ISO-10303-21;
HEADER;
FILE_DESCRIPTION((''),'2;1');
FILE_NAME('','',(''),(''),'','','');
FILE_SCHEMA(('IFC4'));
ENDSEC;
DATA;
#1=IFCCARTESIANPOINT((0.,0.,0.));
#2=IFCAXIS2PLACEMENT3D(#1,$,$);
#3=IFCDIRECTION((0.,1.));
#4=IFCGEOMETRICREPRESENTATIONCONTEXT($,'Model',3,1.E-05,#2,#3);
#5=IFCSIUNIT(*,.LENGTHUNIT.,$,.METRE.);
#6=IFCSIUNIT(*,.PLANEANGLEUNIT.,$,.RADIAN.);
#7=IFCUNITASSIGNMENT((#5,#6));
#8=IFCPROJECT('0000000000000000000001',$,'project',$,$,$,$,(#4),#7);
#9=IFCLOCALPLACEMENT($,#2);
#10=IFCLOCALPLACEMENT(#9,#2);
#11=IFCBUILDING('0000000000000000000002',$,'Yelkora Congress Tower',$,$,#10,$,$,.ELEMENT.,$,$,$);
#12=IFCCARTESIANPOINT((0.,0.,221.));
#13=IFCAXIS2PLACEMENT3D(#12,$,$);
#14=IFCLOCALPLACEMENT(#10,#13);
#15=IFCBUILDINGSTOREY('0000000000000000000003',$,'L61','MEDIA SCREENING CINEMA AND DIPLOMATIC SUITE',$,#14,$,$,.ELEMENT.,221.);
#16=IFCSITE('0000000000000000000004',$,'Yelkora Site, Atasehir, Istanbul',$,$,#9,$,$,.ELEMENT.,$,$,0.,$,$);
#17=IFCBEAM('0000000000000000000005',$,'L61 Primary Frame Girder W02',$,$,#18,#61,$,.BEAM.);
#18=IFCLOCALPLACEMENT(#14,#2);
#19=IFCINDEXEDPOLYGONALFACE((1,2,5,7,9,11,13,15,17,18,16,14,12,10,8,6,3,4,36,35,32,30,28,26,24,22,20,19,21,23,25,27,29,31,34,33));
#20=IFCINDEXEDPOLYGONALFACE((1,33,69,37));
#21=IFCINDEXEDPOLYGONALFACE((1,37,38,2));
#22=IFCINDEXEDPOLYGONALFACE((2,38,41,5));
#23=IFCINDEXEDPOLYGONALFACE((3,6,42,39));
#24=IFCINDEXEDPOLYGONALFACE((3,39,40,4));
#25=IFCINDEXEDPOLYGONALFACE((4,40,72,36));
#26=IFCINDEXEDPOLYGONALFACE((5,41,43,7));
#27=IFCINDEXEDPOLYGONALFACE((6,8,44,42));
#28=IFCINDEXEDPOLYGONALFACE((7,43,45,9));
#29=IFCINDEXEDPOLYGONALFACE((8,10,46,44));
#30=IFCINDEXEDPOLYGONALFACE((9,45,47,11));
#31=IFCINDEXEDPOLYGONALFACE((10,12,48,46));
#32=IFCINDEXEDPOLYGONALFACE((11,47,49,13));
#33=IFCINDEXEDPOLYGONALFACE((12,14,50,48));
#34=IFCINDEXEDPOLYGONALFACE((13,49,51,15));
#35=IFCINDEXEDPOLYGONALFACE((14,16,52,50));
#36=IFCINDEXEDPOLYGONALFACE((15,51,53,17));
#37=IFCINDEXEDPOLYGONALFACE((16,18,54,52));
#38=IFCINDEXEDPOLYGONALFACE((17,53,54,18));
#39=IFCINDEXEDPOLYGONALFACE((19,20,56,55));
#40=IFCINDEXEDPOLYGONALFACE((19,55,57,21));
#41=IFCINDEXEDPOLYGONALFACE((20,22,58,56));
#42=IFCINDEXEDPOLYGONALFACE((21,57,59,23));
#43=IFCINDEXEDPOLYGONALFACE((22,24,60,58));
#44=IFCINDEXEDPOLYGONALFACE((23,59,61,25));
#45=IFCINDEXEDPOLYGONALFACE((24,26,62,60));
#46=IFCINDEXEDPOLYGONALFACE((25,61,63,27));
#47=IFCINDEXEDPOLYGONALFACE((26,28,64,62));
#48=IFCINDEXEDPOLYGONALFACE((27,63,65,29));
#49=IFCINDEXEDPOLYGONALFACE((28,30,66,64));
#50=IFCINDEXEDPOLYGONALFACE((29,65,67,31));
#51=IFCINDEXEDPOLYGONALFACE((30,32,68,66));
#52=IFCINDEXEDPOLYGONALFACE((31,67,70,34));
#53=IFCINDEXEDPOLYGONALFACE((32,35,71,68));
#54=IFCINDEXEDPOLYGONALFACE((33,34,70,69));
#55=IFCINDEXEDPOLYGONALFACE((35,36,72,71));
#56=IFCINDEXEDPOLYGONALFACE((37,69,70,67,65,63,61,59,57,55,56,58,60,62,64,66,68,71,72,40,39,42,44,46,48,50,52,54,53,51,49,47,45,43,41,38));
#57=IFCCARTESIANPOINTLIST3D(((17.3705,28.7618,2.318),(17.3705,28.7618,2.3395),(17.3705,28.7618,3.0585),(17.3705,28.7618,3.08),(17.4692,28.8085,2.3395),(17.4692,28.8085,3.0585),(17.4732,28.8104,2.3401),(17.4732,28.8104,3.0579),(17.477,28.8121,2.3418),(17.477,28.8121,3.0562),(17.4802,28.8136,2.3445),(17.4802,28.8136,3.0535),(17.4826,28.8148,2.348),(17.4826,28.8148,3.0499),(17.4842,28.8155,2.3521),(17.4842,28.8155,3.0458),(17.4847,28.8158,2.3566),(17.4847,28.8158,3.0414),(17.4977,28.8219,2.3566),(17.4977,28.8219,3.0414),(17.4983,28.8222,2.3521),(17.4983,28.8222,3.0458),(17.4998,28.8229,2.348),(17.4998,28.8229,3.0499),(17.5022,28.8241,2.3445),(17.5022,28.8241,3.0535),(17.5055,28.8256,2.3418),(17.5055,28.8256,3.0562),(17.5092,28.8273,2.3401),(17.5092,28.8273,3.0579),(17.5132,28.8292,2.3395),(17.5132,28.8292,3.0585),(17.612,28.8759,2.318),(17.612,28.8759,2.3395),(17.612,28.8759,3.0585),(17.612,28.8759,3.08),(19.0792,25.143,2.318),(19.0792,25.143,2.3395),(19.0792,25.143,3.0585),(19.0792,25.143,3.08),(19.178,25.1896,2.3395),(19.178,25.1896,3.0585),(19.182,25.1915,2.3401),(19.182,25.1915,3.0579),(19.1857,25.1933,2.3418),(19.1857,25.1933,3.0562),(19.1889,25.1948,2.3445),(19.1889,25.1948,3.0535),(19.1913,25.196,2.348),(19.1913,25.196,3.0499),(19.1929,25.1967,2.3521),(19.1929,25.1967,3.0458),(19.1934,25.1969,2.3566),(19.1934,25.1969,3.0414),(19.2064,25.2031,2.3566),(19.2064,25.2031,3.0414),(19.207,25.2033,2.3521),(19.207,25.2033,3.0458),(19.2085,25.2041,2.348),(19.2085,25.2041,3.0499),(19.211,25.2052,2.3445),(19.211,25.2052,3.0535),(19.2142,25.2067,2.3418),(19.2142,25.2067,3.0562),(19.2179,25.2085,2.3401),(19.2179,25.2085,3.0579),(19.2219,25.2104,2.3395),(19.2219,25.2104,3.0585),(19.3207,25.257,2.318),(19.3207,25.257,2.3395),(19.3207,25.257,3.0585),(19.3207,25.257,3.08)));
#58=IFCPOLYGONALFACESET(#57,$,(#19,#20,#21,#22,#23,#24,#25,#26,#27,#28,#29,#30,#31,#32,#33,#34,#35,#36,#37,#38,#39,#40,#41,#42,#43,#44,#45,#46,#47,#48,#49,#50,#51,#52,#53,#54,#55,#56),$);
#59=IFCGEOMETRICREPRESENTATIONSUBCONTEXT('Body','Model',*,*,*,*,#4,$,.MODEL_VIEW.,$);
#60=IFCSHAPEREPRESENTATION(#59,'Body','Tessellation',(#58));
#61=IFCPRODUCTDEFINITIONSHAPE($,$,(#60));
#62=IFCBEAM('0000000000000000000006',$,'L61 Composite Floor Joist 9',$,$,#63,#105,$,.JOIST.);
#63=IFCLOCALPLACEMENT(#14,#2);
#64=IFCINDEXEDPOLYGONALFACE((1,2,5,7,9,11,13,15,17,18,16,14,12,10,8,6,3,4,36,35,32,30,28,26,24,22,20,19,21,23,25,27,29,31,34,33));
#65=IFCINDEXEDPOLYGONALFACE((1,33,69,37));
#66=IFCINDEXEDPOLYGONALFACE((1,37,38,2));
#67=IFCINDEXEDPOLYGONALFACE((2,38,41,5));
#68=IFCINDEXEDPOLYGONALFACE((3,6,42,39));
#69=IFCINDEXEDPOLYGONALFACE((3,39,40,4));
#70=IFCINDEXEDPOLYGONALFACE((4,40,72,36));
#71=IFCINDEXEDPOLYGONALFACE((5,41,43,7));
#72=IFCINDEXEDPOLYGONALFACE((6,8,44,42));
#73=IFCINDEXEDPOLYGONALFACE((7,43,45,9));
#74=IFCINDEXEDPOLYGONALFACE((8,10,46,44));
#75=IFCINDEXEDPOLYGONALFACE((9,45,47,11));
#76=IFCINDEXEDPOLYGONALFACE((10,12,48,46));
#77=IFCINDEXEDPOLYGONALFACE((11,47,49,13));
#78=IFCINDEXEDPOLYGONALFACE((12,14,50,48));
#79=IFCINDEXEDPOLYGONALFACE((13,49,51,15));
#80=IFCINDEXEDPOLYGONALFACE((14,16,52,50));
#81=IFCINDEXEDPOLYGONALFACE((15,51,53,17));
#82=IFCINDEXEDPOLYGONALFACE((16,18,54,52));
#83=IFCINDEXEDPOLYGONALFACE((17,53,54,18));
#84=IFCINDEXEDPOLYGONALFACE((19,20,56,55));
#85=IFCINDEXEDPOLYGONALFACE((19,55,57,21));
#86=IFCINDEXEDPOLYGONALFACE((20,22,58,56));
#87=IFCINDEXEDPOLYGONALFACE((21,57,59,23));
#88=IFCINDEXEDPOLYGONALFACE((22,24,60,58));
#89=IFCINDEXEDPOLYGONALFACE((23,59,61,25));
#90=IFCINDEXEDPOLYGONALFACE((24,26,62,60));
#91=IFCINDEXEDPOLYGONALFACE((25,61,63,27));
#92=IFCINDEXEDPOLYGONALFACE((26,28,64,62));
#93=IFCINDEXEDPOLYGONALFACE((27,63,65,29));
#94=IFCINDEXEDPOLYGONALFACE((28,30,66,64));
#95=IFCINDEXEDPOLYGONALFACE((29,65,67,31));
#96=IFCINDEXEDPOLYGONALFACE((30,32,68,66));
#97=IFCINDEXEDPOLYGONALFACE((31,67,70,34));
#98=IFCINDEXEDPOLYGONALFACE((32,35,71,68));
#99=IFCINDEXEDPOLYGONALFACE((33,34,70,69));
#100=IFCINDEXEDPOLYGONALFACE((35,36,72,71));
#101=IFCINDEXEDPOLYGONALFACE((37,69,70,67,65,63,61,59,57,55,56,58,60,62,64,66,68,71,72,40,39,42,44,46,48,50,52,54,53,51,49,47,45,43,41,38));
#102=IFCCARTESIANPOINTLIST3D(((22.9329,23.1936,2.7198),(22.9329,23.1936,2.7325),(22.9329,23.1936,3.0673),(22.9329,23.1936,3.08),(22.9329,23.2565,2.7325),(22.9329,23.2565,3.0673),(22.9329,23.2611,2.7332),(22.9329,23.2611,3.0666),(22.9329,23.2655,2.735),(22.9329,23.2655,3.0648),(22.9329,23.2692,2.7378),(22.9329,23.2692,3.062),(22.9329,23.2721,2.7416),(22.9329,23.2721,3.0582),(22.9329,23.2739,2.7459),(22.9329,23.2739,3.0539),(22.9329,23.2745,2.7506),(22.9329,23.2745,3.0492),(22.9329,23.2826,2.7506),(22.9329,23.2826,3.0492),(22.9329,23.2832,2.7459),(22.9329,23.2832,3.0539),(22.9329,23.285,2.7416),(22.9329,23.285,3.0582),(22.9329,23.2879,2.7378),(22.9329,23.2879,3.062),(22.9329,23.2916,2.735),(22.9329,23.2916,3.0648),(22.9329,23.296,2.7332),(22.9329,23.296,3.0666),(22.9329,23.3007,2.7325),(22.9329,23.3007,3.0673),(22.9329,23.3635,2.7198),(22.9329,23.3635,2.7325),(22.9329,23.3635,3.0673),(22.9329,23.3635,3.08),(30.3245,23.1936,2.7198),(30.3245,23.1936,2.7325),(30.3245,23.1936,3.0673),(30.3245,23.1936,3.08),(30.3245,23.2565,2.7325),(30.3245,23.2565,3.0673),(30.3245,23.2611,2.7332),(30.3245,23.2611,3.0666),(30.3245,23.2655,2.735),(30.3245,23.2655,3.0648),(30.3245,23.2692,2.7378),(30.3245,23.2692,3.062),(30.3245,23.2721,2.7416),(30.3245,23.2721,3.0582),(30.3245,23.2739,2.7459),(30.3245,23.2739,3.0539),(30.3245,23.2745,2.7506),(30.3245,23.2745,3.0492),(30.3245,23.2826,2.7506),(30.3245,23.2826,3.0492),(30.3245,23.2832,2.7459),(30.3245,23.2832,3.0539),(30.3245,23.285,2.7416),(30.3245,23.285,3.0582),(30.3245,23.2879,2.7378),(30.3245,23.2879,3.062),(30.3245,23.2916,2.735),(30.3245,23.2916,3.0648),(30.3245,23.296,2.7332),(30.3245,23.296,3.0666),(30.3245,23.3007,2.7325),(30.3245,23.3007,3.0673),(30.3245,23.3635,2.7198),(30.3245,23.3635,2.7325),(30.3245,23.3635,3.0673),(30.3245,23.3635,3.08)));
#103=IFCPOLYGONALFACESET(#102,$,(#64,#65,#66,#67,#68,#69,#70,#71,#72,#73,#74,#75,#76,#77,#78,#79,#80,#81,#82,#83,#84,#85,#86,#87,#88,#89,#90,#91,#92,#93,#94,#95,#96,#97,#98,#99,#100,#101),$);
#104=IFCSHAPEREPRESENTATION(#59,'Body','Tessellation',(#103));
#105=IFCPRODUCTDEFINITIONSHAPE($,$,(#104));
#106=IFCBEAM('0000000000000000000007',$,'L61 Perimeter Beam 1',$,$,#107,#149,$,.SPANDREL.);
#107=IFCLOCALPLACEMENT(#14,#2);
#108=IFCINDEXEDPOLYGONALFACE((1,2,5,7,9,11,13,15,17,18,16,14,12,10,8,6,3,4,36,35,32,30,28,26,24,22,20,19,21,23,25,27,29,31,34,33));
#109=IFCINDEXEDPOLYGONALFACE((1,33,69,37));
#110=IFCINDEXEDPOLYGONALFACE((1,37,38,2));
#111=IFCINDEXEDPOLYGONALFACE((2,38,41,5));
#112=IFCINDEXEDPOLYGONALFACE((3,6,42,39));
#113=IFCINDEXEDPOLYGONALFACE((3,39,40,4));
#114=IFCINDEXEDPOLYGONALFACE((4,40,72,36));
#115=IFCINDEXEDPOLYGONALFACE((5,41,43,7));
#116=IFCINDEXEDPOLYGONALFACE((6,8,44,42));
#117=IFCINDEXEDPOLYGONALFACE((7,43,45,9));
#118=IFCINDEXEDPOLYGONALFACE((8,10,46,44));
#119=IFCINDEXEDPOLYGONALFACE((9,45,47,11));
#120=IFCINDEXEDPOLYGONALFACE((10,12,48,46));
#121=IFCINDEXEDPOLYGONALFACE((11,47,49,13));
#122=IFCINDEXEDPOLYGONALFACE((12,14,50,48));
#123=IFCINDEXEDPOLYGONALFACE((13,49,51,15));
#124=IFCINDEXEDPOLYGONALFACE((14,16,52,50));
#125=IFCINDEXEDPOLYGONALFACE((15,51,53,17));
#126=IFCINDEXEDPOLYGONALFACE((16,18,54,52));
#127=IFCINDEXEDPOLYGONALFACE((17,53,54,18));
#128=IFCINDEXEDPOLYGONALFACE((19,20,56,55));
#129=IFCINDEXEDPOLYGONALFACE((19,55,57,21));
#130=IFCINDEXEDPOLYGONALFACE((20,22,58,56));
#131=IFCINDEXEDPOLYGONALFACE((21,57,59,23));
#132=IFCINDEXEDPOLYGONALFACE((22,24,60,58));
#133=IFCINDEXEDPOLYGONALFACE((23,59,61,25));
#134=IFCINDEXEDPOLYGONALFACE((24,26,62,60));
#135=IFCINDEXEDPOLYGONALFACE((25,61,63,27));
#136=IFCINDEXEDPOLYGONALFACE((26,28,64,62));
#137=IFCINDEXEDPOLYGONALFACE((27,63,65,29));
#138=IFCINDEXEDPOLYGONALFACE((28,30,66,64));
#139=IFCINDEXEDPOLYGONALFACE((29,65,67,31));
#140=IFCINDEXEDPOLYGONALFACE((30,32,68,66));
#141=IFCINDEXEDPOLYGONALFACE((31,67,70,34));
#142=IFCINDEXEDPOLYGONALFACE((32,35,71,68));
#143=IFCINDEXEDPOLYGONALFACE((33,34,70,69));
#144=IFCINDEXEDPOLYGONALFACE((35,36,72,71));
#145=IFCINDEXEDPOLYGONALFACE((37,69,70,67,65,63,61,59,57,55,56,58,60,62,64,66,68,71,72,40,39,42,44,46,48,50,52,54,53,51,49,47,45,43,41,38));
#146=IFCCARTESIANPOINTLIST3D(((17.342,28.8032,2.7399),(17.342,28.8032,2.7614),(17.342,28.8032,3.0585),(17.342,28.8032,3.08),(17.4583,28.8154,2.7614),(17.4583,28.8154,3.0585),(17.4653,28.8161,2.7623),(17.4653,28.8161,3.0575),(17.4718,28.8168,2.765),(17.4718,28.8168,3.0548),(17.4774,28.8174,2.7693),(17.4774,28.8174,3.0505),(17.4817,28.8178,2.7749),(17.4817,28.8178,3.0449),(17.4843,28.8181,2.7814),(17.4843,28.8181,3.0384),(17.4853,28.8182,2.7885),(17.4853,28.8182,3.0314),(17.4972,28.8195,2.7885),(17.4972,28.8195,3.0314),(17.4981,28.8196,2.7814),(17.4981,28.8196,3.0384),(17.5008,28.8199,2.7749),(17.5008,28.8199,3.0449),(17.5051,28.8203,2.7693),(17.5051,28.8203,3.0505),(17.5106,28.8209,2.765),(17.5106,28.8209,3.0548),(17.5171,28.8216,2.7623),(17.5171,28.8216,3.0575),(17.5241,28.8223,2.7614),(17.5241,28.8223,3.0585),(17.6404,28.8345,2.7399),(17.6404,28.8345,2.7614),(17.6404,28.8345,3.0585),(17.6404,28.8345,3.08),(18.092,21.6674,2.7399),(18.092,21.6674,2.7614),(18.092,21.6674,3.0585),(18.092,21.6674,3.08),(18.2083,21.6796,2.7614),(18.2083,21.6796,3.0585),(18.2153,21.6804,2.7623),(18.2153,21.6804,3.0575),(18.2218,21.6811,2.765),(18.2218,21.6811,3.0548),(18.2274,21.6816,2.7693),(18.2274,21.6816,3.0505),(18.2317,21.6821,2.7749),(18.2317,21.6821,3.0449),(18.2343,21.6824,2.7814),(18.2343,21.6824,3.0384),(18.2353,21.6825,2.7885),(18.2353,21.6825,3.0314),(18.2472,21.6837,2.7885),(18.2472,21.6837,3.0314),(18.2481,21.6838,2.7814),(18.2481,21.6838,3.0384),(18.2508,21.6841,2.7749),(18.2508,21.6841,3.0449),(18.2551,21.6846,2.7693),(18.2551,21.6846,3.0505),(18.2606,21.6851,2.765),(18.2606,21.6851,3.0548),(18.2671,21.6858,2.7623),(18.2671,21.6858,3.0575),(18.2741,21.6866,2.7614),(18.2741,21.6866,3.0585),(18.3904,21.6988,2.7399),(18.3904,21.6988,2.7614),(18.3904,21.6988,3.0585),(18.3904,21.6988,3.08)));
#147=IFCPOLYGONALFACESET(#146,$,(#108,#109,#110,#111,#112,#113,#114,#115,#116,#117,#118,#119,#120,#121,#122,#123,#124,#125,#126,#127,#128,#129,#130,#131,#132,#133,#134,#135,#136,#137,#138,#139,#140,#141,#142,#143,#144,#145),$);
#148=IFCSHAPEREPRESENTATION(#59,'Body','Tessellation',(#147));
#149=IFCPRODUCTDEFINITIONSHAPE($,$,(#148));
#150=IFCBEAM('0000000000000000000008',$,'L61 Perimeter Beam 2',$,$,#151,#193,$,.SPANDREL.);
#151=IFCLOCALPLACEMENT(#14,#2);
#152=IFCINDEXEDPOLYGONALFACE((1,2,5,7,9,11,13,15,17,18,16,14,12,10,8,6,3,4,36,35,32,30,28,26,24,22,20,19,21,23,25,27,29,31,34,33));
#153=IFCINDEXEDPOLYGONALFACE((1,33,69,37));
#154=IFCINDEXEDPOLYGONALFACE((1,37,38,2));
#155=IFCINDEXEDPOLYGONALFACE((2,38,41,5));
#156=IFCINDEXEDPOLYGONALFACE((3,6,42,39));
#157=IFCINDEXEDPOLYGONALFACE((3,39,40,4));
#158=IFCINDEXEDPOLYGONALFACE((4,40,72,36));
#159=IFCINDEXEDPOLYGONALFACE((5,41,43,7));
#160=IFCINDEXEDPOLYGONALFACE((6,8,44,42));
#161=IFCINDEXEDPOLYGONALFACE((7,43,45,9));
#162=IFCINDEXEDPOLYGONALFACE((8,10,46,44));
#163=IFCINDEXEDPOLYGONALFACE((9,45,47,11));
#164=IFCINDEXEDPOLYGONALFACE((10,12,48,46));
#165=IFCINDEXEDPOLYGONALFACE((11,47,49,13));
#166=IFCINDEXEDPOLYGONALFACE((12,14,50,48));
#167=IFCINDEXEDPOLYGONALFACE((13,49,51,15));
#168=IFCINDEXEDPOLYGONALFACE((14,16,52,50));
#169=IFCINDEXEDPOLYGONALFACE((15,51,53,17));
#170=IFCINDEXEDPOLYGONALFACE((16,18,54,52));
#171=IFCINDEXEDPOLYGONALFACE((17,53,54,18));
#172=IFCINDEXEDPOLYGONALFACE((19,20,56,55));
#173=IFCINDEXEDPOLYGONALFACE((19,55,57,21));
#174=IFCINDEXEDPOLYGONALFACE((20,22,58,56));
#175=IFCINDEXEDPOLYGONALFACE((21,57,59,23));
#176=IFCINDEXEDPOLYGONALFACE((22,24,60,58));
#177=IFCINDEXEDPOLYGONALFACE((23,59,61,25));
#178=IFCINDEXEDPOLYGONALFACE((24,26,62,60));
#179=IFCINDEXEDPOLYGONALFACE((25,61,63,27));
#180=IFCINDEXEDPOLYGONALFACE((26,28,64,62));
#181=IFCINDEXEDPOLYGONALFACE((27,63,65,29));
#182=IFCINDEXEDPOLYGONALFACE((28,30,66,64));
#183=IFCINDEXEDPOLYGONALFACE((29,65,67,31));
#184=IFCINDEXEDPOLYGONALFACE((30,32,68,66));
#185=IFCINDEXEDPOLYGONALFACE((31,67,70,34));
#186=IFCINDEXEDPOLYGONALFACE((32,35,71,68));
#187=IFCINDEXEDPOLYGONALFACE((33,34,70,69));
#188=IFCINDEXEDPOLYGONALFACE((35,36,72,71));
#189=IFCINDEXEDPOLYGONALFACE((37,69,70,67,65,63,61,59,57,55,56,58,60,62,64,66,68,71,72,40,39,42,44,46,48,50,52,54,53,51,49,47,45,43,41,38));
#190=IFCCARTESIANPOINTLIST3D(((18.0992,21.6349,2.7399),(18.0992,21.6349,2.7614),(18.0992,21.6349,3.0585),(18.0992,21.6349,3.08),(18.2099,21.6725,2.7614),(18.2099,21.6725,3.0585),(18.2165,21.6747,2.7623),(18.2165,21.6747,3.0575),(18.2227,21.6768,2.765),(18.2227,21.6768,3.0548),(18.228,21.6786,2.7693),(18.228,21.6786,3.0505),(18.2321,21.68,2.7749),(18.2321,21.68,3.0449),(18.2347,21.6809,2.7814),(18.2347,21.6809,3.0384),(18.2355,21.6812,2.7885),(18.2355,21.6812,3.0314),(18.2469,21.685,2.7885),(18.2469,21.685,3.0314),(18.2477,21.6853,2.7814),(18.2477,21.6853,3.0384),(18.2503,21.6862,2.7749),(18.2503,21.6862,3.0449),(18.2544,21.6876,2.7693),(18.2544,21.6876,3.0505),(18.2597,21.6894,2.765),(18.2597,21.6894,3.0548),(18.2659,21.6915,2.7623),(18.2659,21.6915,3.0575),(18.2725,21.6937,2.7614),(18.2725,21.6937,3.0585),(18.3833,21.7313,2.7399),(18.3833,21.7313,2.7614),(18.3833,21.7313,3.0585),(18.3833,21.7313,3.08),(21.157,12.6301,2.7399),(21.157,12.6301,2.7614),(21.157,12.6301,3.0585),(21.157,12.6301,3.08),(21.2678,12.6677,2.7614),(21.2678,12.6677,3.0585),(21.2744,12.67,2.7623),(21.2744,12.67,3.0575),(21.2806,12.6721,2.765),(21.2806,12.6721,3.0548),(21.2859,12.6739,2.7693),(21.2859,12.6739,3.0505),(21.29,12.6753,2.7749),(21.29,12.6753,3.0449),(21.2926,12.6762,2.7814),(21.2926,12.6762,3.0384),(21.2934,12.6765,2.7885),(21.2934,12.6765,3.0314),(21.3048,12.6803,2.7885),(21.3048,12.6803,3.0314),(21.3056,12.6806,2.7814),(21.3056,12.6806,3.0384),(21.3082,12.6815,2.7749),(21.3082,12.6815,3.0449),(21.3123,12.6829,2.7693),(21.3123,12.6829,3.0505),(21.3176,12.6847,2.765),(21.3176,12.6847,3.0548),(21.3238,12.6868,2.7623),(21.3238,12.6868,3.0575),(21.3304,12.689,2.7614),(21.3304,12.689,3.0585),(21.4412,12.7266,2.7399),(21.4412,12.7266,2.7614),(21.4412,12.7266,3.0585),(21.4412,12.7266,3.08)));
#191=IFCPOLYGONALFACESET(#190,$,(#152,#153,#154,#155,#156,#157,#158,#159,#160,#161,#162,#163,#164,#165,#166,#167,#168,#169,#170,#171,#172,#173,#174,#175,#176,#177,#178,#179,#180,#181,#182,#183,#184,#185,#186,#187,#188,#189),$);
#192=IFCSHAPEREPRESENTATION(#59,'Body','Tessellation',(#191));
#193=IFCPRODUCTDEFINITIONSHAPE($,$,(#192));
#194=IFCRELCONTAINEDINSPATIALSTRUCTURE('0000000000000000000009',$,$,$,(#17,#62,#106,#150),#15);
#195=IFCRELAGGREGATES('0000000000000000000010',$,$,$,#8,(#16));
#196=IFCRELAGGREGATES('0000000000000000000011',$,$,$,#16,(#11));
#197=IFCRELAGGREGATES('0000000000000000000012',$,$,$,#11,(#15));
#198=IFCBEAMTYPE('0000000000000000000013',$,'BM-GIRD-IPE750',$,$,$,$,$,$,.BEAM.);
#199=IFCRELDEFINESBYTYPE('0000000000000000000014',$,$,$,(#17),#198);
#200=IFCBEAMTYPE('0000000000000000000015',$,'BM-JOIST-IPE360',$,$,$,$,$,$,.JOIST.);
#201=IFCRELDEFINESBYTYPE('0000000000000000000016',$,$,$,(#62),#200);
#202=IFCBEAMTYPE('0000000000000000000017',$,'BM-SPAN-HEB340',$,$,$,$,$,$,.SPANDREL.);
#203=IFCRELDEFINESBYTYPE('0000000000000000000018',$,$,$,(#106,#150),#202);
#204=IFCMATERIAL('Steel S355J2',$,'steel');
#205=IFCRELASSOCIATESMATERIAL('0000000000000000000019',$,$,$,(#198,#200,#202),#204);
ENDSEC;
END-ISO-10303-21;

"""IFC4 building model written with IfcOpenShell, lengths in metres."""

from ifc_helpers import new_model, si_unit, direction, frame, origin, origin_2d, place, context, subcontext, project, spatial, i_section, extrude, material, material_profile, profile_set, type_object, element, save


model = new_model("IFC4")

# Units and contexts
model_context = context("Model", 3, precision=1e-05, world=origin(), true_north=direction((0.0, 1.0)))
body_context = subcontext(model_context, "Body", "Model", "MODEL_VIEW")
ifc_project = project(units=[si_unit("LENGTHUNIT", "METRE"), si_unit("PLANEANGLEUNIT", "RADIAN")], contexts=[model_context])

# Site, building, storey
site_placement = place(None, origin())
site = spatial("IfcSite", under=ifc_project, at=site_placement, Name="Yelkora Site, Atasehir, Istanbul", CompositionType="ELEMENT", RefElevation=0.0)
building_placement = place(site_placement, origin())
building = spatial("IfcBuilding", under=site, at=building_placement, Name="Yelkora Congress Tower", CompositionType="ELEMENT")
storey_placement = place(building_placement, frame((0.0, 0.0, 221.0)))
storey = spatial("IfcBuildingStorey", under=building, at=storey_placement, Name="L61", Description="MEDIA SCREENING CINEMA AND DIPLOMATIC SUITE", CompositionType="ELEMENT", Elevation=221.0)

# Shared definitions
ifc_material_1 = material(Name="Steel S355J2", Category="steel")

# Beams
ifc_material_profile_1 = material_profile(ifc_material_1, i_section(OverallWidth=0.2671, OverallDepth=0.762, WebThickness=0.0144, FlangeThickness=0.0215, FilletRadius=0.0171, at=origin_2d()), Name="IPE 750x173")
ifc_profile_set_1 = profile_set([ifc_material_profile_1], Name="Steel S355J2")
beam_type_1 = type_object("IfcBeamType", Name="BM-GIRD-IPE750", PredefinedType="BEAM", material=ifc_profile_set_1)
beam_1_placement = place(storey_placement, frame((17.4912, 28.8188, 2.699), z_axis=(0.426969, -0.904266, 0.0), x_axis=(0.904266, 0.426969, 0.0)))
element("IfcBeam", 1, at=beam_1_placement, inside=storey, type_object=beam_type_1, Name="L61 Primary Frame Girder W02", PredefinedType="BEAM", context=body_context, shape_type="SweptSolid", body=[
    extrude(i_section(OverallWidth=0.2671, OverallDepth=0.762, WebThickness=0.0144, FlangeThickness=0.0215, FilletRadius=0.0171, at=origin_2d()), origin(), (0.0, 0.0, 1.0), 4.002),
])
ifc_material_profile_2 = material_profile(ifc_material_1, i_section(OverallWidth=0.1699, OverallDepth=0.3601, WebThickness=0.0081, FlangeThickness=0.0127, FilletRadius=0.0181, at=origin_2d()), Name="IPE 360")
ifc_profile_set_2 = profile_set([ifc_material_profile_2], Name="Steel S355J2")
beam_type_2 = type_object("IfcBeamType", Name="BM-JOIST-IPE360", PredefinedType="JOIST", material=ifc_profile_set_2)
beam_2_placement = place(storey_placement, frame((22.9329, 23.2786, 2.8999), z_axis=(1.0, 0.0, 0.0), x_axis=(0.0, 1.0, 0.0)))
element("IfcBeam", 2, at=beam_2_placement, inside=storey, type_object=beam_type_2, Name="L61 Composite Floor Joist 9", PredefinedType="JOIST", context=body_context, shape_type="SweptSolid", body=[
    extrude(i_section(OverallWidth=0.1699, OverallDepth=0.3601, WebThickness=0.0081, FlangeThickness=0.0127, FilletRadius=0.0181, at=origin_2d()), origin(), (0.0, 0.0, 1.0), 7.3916),
])
ifc_material_profile_3 = material_profile(ifc_material_1, i_section(OverallWidth=0.3, OverallDepth=0.3401, WebThickness=0.012, FlangeThickness=0.0215, FilletRadius=0.0271, at=origin_2d()), Name="HEB 340")
ifc_profile_set_3 = profile_set([ifc_material_profile_3], Name="Steel S355J2")
beam_type_3 = type_object("IfcBeamType", Name="BM-SPAN-HEB340", PredefinedType="SPANDREL", material=ifc_profile_set_3)
beam_3_placement = place(storey_placement, frame((17.4912, 28.8188, 2.9099), z_axis=(0.104529, -0.994522, 0.0), x_axis=(0.994522, 0.104529, 0.0)))
element("IfcBeam", 3, at=beam_3_placement, inside=storey, type_object=beam_type_3, Name="L61 Perimeter Beam 1", PredefinedType="SPANDREL", context=body_context, shape_type="SweptSolid", body=[
    extrude(i_section(OverallWidth=0.3, OverallDepth=0.3401, WebThickness=0.012, FlangeThickness=0.0215, FilletRadius=0.0271, at=origin_2d()), origin(), (0.0, 0.0, 1.0), 7.175),
])
beam_4_placement = place(storey_placement, frame((18.2412, 21.6831, 2.9099), z_axis=(0.321552, -0.946892, 0.0), x_axis=(0.946892, 0.321552, 0.0)))
element("IfcBeam", 4, at=beam_4_placement, inside=storey, type_object=beam_type_3, Name="L61 Perimeter Beam 2", PredefinedType="SPANDREL", context=body_context, shape_type="SweptSolid", body=[
    extrude(i_section(OverallWidth=0.3, OverallDepth=0.3401, WebThickness=0.012, FlangeThickness=0.0215, FilletRadius=0.0271, at=origin_2d()), origin(), (0.0, 0.0, 1.0), 9.5098),
])

save(model, "model.ifc")
